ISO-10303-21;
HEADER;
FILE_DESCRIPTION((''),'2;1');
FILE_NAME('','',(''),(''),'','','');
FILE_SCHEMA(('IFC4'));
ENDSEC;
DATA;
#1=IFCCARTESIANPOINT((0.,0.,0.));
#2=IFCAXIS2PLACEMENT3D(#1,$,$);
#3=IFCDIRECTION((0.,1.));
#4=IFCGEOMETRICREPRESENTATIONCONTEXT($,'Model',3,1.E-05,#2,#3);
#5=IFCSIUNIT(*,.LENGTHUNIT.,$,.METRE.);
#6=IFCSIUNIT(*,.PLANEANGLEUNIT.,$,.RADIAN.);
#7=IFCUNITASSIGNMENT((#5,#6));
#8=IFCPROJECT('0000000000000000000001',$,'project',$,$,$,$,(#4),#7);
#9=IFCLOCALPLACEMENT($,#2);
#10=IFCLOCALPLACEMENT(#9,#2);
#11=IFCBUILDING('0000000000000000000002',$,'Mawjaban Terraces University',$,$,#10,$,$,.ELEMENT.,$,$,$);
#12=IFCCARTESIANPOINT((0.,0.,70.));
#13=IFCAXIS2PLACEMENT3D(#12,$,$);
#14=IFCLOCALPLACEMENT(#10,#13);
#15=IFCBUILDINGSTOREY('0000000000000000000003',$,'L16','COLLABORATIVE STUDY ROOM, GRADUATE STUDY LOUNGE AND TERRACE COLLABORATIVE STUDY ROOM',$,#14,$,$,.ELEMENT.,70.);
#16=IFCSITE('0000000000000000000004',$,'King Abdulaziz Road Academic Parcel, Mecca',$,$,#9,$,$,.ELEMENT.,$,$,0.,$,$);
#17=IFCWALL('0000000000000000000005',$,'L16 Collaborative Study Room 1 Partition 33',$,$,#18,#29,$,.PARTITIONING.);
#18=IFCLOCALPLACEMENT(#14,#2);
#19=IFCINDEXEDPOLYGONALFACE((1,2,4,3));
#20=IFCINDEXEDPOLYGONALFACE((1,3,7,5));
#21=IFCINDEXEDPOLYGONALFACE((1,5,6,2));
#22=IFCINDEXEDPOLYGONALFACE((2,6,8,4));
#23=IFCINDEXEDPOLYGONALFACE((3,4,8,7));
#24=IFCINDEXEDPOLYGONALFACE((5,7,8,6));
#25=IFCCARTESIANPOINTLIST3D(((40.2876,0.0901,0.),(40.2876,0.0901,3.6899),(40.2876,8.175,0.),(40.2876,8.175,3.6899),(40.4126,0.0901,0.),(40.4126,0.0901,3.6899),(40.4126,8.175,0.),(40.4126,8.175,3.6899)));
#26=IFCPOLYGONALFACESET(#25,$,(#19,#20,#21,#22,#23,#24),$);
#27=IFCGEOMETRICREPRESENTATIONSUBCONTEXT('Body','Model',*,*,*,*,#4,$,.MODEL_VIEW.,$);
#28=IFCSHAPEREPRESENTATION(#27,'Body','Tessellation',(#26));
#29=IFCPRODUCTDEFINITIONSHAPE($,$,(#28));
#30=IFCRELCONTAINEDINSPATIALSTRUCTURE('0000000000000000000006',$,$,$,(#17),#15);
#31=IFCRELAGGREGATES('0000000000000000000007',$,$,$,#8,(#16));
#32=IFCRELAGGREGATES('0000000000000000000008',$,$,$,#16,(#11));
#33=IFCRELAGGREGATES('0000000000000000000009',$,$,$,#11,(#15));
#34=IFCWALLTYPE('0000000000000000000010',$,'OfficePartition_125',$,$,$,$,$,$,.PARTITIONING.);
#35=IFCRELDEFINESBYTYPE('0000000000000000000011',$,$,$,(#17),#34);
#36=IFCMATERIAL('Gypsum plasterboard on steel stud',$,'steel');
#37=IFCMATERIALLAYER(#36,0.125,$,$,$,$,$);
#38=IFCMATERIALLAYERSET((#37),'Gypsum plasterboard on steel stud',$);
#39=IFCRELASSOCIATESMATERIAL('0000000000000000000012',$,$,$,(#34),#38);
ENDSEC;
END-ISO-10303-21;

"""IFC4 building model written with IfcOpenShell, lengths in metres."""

from ifc_helpers import new_model, si_unit, direction, frame, frame_2d, origin, place, context, subcontext, project, spatial, rectangle, extrude, material, layer, layer_set, type_object, element, save


model = new_model("IFC4")

# Units and contexts
model_context = context("Model", 3, precision=1e-05, world=origin(), true_north=direction((0.0, 1.0)))
body_context = subcontext(model_context, "Body", "Model", "MODEL_VIEW")
ifc_project = project(units=[si_unit("LENGTHUNIT", "METRE"), si_unit("PLANEANGLEUNIT", "RADIAN")], contexts=[model_context])

# Site, building, storey
site_placement = place(None, origin())
site = spatial("IfcSite", under=ifc_project, at=site_placement, Name="King Abdulaziz Road Academic Parcel, Mecca", CompositionType="ELEMENT", RefElevation=0.0)
building_placement = place(site_placement, origin())
building = spatial("IfcBuilding", under=site, at=building_placement, Name="Mawjaban Terraces University", CompositionType="ELEMENT")
storey_placement = place(building_placement, frame((0.0, 0.0, 70.0)))
storey = spatial("IfcBuildingStorey", under=building, at=storey_placement, Name="L16", Description="COLLABORATIVE STUDY ROOM, GRADUATE STUDY LOUNGE AND TERRACE COLLABORATIVE STUDY ROOM", CompositionType="ELEMENT", Elevation=70.0)

# Wall
ifc_material_1 = material(Name="Gypsum plasterboard on steel stud", Category="steel")
ifc_layer_1 = layer(ifc_material_1, 0.125)
ifc_layer_set_1 = layer_set([ifc_layer_1], Name="Gypsum plasterboard on steel stud")
wall_type_1 = type_object("IfcWallType", Name="OfficePartition_125", PredefinedType="PARTITIONING", material=ifc_layer_set_1)
wall_1_placement = place(storey_placement, frame((40.3501, 0.0901, 0.0), z_axis=(0.0, 0.0, 1.0), x_axis=(0.0, 1.0, 0.0)))
element("IfcWall", 1, at=wall_1_placement, inside=storey, type_object=wall_type_1, Name="L16 Collaborative Study Room 1 Partition 33", PredefinedType="PARTITIONING", context=body_context, shape_type="SweptSolid", body=[
    extrude(rectangle(XDim=8.085, YDim=0.125, at=frame_2d((4.0425, 0.0))), origin(), (0.0, 0.0, 1.0), 3.6899),
])

save(model, "model.ifc")
